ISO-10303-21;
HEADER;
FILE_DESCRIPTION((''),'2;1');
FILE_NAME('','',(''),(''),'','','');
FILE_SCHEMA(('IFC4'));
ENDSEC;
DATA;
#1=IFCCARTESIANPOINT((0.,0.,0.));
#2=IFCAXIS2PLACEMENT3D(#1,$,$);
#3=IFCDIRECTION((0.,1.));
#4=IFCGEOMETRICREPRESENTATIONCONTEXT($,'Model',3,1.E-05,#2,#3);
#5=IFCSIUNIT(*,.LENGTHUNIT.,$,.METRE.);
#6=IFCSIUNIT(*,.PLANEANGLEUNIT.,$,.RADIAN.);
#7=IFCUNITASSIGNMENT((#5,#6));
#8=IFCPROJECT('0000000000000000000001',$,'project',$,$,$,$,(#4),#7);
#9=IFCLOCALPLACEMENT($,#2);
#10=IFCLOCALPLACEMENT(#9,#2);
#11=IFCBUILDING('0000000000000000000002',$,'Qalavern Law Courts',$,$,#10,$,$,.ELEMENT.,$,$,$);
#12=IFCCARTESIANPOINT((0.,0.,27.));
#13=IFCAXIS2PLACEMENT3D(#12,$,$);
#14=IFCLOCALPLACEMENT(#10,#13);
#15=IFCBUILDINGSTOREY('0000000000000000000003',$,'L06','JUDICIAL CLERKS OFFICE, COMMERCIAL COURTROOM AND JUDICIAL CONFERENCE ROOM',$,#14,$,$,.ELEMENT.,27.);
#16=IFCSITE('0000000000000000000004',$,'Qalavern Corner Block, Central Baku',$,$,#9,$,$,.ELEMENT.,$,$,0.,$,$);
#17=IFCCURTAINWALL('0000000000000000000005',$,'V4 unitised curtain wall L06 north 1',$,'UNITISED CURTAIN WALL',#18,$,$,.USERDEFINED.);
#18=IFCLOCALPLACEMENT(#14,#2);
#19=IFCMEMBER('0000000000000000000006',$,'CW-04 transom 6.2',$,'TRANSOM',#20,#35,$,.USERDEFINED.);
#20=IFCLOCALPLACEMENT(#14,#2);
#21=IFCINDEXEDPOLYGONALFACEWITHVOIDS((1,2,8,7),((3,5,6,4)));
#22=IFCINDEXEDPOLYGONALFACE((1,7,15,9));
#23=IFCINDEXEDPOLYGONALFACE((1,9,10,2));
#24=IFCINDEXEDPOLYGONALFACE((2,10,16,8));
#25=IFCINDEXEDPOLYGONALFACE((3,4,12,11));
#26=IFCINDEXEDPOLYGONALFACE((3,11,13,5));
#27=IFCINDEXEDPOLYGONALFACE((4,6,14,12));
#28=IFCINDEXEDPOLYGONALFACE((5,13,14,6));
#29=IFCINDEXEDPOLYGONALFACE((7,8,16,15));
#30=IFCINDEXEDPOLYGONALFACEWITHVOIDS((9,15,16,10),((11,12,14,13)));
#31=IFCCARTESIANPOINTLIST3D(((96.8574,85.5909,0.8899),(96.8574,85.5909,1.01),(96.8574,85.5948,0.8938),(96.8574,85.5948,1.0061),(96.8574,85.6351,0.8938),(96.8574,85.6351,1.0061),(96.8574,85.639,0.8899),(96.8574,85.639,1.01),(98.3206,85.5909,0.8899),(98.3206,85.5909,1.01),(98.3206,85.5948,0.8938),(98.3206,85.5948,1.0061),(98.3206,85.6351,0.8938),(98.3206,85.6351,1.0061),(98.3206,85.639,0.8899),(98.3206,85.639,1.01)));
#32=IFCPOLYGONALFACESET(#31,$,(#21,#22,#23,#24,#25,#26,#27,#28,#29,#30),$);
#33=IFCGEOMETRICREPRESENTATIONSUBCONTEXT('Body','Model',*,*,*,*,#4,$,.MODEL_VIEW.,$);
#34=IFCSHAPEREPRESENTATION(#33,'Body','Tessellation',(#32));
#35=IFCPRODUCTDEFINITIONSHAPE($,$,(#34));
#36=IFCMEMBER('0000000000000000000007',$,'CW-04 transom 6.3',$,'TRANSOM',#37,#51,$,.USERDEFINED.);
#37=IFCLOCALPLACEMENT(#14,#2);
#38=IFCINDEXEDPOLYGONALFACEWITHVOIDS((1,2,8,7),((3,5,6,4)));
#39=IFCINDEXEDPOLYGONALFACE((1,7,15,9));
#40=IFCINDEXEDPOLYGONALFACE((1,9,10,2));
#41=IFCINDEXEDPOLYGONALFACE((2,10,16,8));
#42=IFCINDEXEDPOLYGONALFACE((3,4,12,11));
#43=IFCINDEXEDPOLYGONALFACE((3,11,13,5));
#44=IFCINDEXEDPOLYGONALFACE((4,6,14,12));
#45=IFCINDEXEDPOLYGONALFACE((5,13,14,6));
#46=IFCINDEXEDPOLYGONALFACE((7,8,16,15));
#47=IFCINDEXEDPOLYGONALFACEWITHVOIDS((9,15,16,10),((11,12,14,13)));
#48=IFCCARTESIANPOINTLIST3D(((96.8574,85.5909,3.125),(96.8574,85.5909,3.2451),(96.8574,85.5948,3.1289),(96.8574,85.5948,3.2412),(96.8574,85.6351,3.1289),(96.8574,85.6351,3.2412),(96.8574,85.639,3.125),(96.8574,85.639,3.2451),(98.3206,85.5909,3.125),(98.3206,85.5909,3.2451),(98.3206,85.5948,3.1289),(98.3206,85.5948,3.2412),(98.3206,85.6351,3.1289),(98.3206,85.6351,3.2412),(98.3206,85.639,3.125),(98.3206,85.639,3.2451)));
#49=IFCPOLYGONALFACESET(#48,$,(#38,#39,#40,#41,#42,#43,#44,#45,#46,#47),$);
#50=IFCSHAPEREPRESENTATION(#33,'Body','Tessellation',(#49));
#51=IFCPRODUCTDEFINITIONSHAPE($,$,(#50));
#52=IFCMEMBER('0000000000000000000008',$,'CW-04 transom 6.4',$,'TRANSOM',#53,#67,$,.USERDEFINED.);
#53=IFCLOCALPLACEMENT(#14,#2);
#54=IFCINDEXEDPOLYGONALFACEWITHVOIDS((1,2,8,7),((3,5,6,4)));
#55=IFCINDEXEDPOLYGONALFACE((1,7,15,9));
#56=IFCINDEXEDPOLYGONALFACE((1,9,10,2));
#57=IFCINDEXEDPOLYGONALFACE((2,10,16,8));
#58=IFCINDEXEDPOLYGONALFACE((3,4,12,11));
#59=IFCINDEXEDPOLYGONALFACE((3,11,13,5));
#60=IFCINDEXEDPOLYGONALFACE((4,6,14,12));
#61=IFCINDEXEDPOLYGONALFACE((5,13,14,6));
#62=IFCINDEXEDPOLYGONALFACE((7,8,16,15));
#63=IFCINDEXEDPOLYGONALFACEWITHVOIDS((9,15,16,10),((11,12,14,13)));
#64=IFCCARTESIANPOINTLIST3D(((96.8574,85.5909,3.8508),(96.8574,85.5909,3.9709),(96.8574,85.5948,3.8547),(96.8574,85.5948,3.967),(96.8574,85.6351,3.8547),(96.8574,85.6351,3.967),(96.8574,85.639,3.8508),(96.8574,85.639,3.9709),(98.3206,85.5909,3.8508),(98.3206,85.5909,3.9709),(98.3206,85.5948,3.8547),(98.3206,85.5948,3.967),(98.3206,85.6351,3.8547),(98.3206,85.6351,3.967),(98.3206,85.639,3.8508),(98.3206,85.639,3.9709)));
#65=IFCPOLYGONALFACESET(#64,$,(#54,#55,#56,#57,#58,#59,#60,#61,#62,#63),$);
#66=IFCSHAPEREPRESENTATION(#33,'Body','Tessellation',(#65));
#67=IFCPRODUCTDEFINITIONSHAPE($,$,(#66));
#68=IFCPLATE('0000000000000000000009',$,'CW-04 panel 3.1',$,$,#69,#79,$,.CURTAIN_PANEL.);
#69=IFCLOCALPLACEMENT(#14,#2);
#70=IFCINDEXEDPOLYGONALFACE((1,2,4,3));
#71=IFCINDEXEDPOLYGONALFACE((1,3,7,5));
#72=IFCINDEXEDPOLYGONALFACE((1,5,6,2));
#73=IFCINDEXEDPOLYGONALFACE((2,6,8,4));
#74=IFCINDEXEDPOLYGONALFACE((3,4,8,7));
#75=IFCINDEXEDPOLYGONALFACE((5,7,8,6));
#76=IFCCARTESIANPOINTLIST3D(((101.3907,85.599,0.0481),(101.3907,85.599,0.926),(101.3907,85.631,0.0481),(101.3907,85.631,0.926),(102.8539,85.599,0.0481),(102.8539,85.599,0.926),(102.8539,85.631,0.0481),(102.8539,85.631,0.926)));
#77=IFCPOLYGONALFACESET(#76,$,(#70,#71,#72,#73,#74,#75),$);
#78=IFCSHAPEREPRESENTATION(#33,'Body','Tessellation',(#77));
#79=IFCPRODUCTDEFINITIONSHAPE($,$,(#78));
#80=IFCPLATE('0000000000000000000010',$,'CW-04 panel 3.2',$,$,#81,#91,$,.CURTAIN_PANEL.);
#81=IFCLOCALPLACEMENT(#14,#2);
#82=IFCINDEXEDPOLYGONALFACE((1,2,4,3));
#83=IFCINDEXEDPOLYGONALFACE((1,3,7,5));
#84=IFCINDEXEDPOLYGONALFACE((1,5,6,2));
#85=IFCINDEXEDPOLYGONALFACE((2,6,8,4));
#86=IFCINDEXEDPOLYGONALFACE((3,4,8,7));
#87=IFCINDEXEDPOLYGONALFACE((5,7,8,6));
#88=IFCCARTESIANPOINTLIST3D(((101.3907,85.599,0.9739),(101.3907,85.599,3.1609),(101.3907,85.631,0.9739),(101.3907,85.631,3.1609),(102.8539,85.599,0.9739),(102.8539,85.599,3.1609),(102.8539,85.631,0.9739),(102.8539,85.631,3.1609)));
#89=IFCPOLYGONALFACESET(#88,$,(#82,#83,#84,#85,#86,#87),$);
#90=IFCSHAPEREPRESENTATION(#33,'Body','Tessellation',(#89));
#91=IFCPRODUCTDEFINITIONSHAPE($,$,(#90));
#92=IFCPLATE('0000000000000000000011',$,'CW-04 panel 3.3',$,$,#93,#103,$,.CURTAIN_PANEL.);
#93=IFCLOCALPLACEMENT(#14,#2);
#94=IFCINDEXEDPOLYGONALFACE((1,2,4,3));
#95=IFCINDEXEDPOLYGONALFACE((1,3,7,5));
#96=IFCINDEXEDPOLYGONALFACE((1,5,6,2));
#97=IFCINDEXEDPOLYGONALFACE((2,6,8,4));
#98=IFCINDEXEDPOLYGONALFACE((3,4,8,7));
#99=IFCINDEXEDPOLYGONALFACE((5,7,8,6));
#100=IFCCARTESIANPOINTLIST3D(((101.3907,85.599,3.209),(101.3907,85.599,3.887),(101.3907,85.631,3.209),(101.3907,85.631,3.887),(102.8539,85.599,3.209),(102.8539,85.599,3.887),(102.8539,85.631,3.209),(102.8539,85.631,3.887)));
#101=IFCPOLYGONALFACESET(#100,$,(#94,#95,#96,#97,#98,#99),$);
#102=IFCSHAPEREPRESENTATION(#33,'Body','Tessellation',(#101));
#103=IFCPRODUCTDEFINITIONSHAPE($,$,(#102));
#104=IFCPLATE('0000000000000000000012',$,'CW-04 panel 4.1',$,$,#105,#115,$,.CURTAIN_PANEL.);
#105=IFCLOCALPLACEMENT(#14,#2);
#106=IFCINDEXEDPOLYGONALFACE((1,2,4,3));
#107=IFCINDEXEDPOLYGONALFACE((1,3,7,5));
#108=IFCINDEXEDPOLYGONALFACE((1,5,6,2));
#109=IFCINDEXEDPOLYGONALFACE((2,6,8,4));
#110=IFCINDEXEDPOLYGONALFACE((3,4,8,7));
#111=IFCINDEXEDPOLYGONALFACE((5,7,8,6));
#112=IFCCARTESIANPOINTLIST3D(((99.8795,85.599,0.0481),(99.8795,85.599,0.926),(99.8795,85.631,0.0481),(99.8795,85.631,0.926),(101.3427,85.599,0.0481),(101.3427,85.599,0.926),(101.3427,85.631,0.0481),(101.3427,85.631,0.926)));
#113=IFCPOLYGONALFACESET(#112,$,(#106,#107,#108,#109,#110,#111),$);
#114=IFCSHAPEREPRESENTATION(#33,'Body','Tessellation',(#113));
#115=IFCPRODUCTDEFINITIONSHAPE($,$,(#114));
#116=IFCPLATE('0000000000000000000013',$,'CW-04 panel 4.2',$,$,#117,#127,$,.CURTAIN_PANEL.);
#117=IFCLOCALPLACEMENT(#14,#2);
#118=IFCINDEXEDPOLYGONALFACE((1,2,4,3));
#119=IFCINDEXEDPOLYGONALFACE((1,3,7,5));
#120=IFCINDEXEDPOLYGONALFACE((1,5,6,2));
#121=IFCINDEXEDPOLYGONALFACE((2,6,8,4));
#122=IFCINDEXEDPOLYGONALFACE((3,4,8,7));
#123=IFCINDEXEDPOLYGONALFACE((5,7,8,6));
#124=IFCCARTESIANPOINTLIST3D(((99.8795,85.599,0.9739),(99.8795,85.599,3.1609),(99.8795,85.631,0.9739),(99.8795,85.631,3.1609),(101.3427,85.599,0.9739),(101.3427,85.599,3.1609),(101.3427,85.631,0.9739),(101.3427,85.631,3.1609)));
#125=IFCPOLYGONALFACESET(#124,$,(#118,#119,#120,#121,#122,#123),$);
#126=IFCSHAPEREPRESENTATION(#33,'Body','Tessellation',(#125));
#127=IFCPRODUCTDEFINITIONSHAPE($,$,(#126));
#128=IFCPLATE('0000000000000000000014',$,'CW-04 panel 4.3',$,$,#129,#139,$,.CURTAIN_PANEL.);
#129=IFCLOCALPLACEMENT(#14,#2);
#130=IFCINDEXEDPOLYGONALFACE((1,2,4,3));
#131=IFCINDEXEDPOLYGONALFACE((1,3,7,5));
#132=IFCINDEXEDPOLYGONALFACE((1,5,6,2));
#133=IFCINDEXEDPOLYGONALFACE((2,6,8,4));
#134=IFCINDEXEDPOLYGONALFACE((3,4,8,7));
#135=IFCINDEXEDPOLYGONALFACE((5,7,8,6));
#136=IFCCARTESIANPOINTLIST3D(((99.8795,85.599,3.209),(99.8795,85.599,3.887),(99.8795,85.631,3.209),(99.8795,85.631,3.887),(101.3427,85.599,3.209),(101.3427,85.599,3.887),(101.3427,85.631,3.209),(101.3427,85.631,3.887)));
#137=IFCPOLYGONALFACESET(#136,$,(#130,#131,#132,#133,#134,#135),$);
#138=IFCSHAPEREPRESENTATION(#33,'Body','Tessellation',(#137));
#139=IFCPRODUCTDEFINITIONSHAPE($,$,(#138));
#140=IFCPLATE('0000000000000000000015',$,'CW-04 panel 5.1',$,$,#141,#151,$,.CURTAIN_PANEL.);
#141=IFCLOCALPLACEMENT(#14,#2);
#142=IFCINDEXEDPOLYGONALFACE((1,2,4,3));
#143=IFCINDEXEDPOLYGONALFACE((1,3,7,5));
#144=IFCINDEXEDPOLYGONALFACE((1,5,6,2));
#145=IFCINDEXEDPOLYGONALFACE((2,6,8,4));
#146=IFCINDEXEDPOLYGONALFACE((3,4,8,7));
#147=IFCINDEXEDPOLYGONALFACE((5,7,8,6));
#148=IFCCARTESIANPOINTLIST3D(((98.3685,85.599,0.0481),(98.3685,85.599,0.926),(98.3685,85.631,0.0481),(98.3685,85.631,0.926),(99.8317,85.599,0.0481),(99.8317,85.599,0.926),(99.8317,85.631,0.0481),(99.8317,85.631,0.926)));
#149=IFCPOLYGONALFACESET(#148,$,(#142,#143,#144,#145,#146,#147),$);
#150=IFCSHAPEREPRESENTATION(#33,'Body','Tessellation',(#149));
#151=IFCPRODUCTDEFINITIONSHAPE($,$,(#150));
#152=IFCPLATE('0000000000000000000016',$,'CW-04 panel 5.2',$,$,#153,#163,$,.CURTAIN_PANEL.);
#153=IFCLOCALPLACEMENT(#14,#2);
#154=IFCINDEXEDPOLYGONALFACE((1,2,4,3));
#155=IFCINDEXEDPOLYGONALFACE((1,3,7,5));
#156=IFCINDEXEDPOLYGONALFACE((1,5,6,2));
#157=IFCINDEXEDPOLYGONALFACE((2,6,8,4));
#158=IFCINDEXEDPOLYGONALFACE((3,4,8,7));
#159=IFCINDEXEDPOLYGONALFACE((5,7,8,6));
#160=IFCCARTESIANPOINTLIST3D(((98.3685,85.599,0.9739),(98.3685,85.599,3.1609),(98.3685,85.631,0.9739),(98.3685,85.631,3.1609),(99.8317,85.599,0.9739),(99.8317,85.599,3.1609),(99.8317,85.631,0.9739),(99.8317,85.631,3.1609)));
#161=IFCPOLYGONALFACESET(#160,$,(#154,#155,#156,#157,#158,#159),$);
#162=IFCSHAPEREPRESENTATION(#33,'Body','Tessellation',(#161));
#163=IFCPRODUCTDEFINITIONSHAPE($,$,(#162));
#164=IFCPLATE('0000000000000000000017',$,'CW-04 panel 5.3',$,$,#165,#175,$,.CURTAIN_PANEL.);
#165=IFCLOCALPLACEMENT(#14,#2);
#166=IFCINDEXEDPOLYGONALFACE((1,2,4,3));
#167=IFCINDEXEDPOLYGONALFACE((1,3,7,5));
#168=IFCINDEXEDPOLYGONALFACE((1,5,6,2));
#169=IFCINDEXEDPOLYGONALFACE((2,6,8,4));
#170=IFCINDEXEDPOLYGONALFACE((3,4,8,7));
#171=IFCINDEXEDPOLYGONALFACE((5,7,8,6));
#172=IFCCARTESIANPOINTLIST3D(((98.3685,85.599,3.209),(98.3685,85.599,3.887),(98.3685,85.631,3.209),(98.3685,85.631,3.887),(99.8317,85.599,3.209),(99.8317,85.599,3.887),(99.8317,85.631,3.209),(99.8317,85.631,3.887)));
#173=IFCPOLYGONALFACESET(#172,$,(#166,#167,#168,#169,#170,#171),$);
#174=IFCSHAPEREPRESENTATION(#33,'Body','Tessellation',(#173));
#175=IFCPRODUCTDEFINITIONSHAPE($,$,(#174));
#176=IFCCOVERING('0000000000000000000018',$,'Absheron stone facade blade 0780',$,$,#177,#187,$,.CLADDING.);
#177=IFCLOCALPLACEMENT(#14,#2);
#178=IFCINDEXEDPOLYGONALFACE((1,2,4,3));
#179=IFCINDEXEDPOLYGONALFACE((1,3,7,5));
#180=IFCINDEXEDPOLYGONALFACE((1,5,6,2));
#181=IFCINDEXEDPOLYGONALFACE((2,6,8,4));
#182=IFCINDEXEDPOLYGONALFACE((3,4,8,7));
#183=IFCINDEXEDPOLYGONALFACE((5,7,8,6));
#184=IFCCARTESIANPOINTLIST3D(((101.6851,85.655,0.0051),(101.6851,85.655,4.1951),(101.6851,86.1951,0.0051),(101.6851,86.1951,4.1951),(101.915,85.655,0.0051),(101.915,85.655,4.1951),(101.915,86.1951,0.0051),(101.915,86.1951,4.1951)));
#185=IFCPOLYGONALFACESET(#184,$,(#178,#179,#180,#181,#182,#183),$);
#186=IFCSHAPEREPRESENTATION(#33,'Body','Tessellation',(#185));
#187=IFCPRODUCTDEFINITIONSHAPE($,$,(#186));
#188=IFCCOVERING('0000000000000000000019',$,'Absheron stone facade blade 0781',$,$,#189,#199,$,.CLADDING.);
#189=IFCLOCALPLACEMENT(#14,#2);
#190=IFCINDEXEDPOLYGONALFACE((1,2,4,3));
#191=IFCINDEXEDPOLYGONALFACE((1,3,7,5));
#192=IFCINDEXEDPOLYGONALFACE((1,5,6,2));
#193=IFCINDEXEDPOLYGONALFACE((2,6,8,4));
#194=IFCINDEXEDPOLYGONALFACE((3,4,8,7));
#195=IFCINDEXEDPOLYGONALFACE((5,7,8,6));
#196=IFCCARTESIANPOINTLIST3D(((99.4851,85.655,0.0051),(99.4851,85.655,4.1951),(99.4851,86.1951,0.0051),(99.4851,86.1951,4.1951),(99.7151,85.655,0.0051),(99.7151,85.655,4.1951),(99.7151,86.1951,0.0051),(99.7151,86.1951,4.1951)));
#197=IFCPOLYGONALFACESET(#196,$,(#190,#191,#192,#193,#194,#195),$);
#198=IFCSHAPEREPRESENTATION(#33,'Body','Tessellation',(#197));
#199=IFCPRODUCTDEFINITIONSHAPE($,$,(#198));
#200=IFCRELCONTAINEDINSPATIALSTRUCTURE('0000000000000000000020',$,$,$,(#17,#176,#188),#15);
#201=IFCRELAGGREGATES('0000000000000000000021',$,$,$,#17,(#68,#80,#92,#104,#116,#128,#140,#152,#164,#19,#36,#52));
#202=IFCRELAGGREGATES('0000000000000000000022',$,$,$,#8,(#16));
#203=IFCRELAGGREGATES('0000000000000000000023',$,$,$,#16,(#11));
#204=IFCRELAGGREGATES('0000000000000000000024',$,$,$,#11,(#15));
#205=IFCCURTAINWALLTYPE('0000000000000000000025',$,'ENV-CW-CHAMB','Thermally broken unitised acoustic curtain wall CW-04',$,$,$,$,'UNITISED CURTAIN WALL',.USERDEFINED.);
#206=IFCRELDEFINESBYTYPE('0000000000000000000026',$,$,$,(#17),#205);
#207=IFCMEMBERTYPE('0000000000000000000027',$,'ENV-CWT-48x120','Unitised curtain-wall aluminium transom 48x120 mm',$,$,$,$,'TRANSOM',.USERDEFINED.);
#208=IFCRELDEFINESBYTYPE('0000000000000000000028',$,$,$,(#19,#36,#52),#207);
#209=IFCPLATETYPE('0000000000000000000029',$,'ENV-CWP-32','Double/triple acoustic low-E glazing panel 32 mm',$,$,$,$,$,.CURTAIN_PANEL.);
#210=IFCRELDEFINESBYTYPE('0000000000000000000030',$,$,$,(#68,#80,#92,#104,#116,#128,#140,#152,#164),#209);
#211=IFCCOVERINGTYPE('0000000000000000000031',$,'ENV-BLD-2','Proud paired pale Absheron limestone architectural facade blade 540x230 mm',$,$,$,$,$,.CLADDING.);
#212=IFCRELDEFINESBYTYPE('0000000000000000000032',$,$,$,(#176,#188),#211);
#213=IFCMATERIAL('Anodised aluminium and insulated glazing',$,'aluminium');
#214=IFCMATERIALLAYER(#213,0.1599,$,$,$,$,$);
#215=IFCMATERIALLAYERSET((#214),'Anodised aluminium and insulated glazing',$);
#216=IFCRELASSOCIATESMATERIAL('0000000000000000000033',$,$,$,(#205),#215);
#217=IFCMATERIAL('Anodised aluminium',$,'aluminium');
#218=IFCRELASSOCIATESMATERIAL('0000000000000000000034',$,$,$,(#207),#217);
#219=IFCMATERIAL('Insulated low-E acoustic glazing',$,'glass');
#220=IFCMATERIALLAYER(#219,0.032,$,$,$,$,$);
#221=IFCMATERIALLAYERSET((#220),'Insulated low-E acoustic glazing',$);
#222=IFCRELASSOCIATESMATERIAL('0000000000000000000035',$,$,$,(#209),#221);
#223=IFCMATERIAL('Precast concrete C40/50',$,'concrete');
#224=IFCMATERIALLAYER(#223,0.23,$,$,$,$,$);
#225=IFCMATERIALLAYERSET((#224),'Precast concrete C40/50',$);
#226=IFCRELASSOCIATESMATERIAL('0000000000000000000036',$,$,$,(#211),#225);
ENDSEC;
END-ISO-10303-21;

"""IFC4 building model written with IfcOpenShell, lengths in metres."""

from ifc_helpers import new_model, si_unit, direction, frame, origin, origin_2d, place, context, subcontext, project, spatial, rectangle, hollow_rectangle, extrude, material, layer, layer_set, material_profile, profile_set, type_object, element, aggregate, save


model = new_model("IFC4")

# Units and contexts
model_context = context("Model", 3, precision=1e-05, world=origin(), true_north=direction((0.0, 1.0)))
body_context = subcontext(model_context, "Body", "Model", "MODEL_VIEW")
ifc_project = project(units=[si_unit("LENGTHUNIT", "METRE"), si_unit("PLANEANGLEUNIT", "RADIAN")], contexts=[model_context])

# Site, building, storey
site_placement = place(None, origin())
site = spatial("IfcSite", under=ifc_project, at=site_placement, Name="Qalavern Corner Block, Central Baku", CompositionType="ELEMENT", RefElevation=0.0)
building_placement = place(site_placement, origin())
building = spatial("IfcBuilding", under=site, at=building_placement, Name="Qalavern Law Courts", CompositionType="ELEMENT")
storey_placement = place(building_placement, frame((0.0, 0.0, 27.0)))
storey = spatial("IfcBuildingStorey", under=building, at=storey_placement, Name="L06", Description="JUDICIAL CLERKS OFFICE, COMMERCIAL COURTROOM AND JUDICIAL CONFERENCE ROOM", CompositionType="ELEMENT", Elevation=27.0)

# Curtain wall, members, plates
ifc_material_1 = material(Name="Anodised aluminium and insulated glazing", Category="aluminium")
ifc_layer_1 = layer(ifc_material_1, 0.1599)
ifc_layer_set_1 = layer_set([ifc_layer_1], Name="Anodised aluminium and insulated glazing")
curtain_wall_type = type_object("IfcCurtainWallType", Name="ENV-CW-CHAMB", Description="Thermally broken unitised acoustic curtain wall CW-04", ElementType="UNITISED CURTAIN WALL", PredefinedType="USERDEFINED", material=ifc_layer_set_1)
curtain_wall_placement = place(storey_placement, origin())
curtain_wall = element("IfcCurtainWall", 1, at=curtain_wall_placement, inside=storey, type_object=curtain_wall_type, Name="V4 unitised curtain wall L06 north 1", ObjectType="UNITISED CURTAIN WALL", PredefinedType="USERDEFINED")
ifc_material_2 = material(Name="Anodised aluminium", Category="aluminium")
ifc_material_profile_1 = material_profile(ifc_material_2, hollow_rectangle(XDim=0.0481, YDim=0.1201, WallThickness=0.0039, at=origin_2d()), Name="ALU TRANSOM 48x120")
ifc_profile_set_1 = profile_set([ifc_material_profile_1], Name="Anodised aluminium")
member_type_1 = type_object("IfcMemberType", Name="ENV-CWT-48x120", Description="Unitised curtain-wall aluminium transom 48x120 mm", ElementType="TRANSOM", PredefinedType="USERDEFINED", material=ifc_profile_set_1)
member_1_placement = place(storey_placement, frame((98.3206, 85.615, 0.95), z_axis=(-1.0, 0.0, 0.0), x_axis=(0.0, -1.0, 0.0)))
member_1 = element("IfcMember", 2, at=member_1_placement, type_object=member_type_1, Name="CW-04 transom 6.2", ObjectType="TRANSOM", PredefinedType="USERDEFINED", context=body_context, shape_type="SweptSolid", body=[
    extrude(hollow_rectangle(XDim=0.0481, YDim=0.1201, WallThickness=0.0039, at=origin_2d()), origin(), (0.0, 0.0, 1.0), 1.4631),
])
member_2_placement = place(storey_placement, frame((98.3206, 85.615, 3.1851), z_axis=(-1.0, 0.0, 0.0), x_axis=(0.0, -1.0, 0.0)))
member_2 = element("IfcMember", 3, at=member_2_placement, type_object=member_type_1, Name="CW-04 transom 6.3", ObjectType="TRANSOM", PredefinedType="USERDEFINED", context=body_context, shape_type="SweptSolid", body=[
    extrude(hollow_rectangle(XDim=0.0481, YDim=0.1201, WallThickness=0.0039, at=origin_2d()), origin(), (0.0, 0.0, 1.0), 1.4631),
])
member_3_placement = place(storey_placement, frame((98.3206, 85.615, 3.9109), z_axis=(-1.0, 0.0, 0.0), x_axis=(0.0, -1.0, 0.0)))
member_3 = element("IfcMember", 4, at=member_3_placement, type_object=member_type_1, Name="CW-04 transom 6.4", ObjectType="TRANSOM", PredefinedType="USERDEFINED", context=body_context, shape_type="SweptSolid", body=[
    extrude(hollow_rectangle(XDim=0.0481, YDim=0.1201, WallThickness=0.0039, at=origin_2d()), origin(), (0.0, 0.0, 1.0), 1.4631),
])
ifc_material_3 = material(Name="Insulated low-E acoustic glazing", Category="glass")
ifc_layer_2 = layer(ifc_material_3, 0.032)
ifc_layer_set_2 = layer_set([ifc_layer_2], Name="Insulated low-E acoustic glazing")
plate_type = type_object("IfcPlateType", Name="ENV-CWP-32", Description="Double/triple acoustic low-E glazing panel 32 mm", PredefinedType="CURTAIN_PANEL", material=ifc_layer_set_2)
plate_1_placement = place(storey_placement, frame((102.1223, 85.615, 0.0481), z_axis=(0.0, 0.0, 1.0), x_axis=(-1.0, 0.0, 0.0)))
plate_1 = element("IfcPlate", 5, at=plate_1_placement, type_object=plate_type, Name="CW-04 panel 3.1", PredefinedType="CURTAIN_PANEL", context=body_context, shape_type="SweptSolid", body=[
    extrude(rectangle(XDim=1.4631, YDim=0.032, at=origin_2d()), origin(), (0.0, 0.0, 1.0), 0.8779),
])
plate_2_placement = place(storey_placement, frame((102.1223, 85.615, 0.9739), z_axis=(0.0, 0.0, 1.0), x_axis=(-1.0, 0.0, 0.0)))
plate_2 = element("IfcPlate", 6, at=plate_2_placement, type_object=plate_type, Name="CW-04 panel 3.2", PredefinedType="CURTAIN_PANEL", context=body_context, shape_type="SweptSolid", body=[
    extrude(rectangle(XDim=1.4631, YDim=0.032, at=origin_2d()), origin(), (0.0, 0.0, 1.0), 2.187),
])
plate_3_placement = place(storey_placement, frame((102.1223, 85.615, 3.209), z_axis=(0.0, 0.0, 1.0), x_axis=(-1.0, 0.0, 0.0)))
plate_3 = element("IfcPlate", 7, at=plate_3_placement, type_object=plate_type, Name="CW-04 panel 3.3", PredefinedType="CURTAIN_PANEL", context=body_context, shape_type="SweptSolid", body=[
    extrude(rectangle(XDim=1.4631, YDim=0.032, at=origin_2d()), origin(), (0.0, 0.0, 1.0), 0.678),
])
plate_4_placement = place(storey_placement, frame((100.6111, 85.615, 0.0481), z_axis=(0.0, 0.0, 1.0), x_axis=(-1.0, 0.0, 0.0)))
plate_4 = element("IfcPlate", 8, at=plate_4_placement, type_object=plate_type, Name="CW-04 panel 4.1", PredefinedType="CURTAIN_PANEL", context=body_context, shape_type="SweptSolid", body=[
    extrude(rectangle(XDim=1.4631, YDim=0.032, at=origin_2d()), origin(), (0.0, 0.0, 1.0), 0.8779),
])
plate_5_placement = place(storey_placement, frame((100.6111, 85.615, 0.9739), z_axis=(0.0, 0.0, 1.0), x_axis=(-1.0, 0.0, 0.0)))
plate_5 = element("IfcPlate", 9, at=plate_5_placement, type_object=plate_type, Name="CW-04 panel 4.2", PredefinedType="CURTAIN_PANEL", context=body_context, shape_type="SweptSolid", body=[
    extrude(rectangle(XDim=1.4631, YDim=0.032, at=origin_2d()), origin(), (0.0, 0.0, 1.0), 2.187),
])
plate_6_placement = place(storey_placement, frame((100.6111, 85.615, 3.209), z_axis=(0.0, 0.0, 1.0), x_axis=(-1.0, 0.0, 0.0)))
plate_6 = element("IfcPlate", 10, at=plate_6_placement, type_object=plate_type, Name="CW-04 panel 4.3", PredefinedType="CURTAIN_PANEL", context=body_context, shape_type="SweptSolid", body=[
    extrude(rectangle(XDim=1.4631, YDim=0.032, at=origin_2d()), origin(), (0.0, 0.0, 1.0), 0.678),
])
plate_7_placement = place(storey_placement, frame((99.1001, 85.615, 0.0481), z_axis=(0.0, 0.0, 1.0), x_axis=(-1.0, 0.0, 0.0)))
plate_7 = element("IfcPlate", 11, at=plate_7_placement, type_object=plate_type, Name="CW-04 panel 5.1", PredefinedType="CURTAIN_PANEL", context=body_context, shape_type="SweptSolid", body=[
    extrude(rectangle(XDim=1.4631, YDim=0.032, at=origin_2d()), origin(), (0.0, 0.0, 1.0), 0.8779),
])
plate_8_placement = place(storey_placement, frame((99.1001, 85.615, 0.9739), z_axis=(0.0, 0.0, 1.0), x_axis=(-1.0, 0.0, 0.0)))
plate_8 = element("IfcPlate", 12, at=plate_8_placement, type_object=plate_type, Name="CW-04 panel 5.2", PredefinedType="CURTAIN_PANEL", context=body_context, shape_type="SweptSolid", body=[
    extrude(rectangle(XDim=1.4631, YDim=0.032, at=origin_2d()), origin(), (0.0, 0.0, 1.0), 2.187),
])
plate_9_placement = place(storey_placement, frame((99.1001, 85.615, 3.209), z_axis=(0.0, 0.0, 1.0), x_axis=(-1.0, 0.0, 0.0)))
plate_9 = element("IfcPlate", 13, at=plate_9_placement, type_object=plate_type, Name="CW-04 panel 5.3", PredefinedType="CURTAIN_PANEL", context=body_context, shape_type="SweptSolid", body=[
    extrude(rectangle(XDim=1.4631, YDim=0.032, at=origin_2d()), origin(), (0.0, 0.0, 1.0), 0.678),
])
aggregate(curtain_wall, [plate_1, plate_2, plate_3, plate_4, plate_5, plate_6, plate_7, plate_8, plate_9, member_1, member_2, member_3])

# Coverings
ifc_material_4 = material(Name="Precast concrete C40/50", Category="concrete")
ifc_layer_3 = layer(ifc_material_4, 0.23)
ifc_layer_set_3 = layer_set([ifc_layer_3], Name="Precast concrete C40/50")
covering_type = type_object("IfcCoveringType", Name="ENV-BLD-2", Description="Proud paired pale Absheron limestone architectural facade blade 540x230 mm", PredefinedType="CLADDING", material=ifc_layer_set_3)
for number, where, z_axis, x_axis, name in (
    (14, (101.8, 85.925, 0.0051), (0.0, 0.0, 1.0), (0.0, 1.0, 0.0), "Absheron stone facade blade 0780"),
    (15, (99.6001, 85.925, 0.0051), (0.0, 0.0, 1.0), (0.0, 1.0, 0.0), "Absheron stone facade blade 0781"),
):
    element("IfcCovering", number, at=place(storey_placement, frame(where, z_axis=z_axis, x_axis=x_axis)), inside=storey, type_object=covering_type, Name=name, PredefinedType="CLADDING", context=body_context, shape_type="SweptSolid", body=[
        extrude(rectangle(XDim=0.54, YDim=0.23, at=origin_2d()), origin(), (0.0, 0.0, 1.0), 4.1899),
    ])

save(model, "model.ifc")
